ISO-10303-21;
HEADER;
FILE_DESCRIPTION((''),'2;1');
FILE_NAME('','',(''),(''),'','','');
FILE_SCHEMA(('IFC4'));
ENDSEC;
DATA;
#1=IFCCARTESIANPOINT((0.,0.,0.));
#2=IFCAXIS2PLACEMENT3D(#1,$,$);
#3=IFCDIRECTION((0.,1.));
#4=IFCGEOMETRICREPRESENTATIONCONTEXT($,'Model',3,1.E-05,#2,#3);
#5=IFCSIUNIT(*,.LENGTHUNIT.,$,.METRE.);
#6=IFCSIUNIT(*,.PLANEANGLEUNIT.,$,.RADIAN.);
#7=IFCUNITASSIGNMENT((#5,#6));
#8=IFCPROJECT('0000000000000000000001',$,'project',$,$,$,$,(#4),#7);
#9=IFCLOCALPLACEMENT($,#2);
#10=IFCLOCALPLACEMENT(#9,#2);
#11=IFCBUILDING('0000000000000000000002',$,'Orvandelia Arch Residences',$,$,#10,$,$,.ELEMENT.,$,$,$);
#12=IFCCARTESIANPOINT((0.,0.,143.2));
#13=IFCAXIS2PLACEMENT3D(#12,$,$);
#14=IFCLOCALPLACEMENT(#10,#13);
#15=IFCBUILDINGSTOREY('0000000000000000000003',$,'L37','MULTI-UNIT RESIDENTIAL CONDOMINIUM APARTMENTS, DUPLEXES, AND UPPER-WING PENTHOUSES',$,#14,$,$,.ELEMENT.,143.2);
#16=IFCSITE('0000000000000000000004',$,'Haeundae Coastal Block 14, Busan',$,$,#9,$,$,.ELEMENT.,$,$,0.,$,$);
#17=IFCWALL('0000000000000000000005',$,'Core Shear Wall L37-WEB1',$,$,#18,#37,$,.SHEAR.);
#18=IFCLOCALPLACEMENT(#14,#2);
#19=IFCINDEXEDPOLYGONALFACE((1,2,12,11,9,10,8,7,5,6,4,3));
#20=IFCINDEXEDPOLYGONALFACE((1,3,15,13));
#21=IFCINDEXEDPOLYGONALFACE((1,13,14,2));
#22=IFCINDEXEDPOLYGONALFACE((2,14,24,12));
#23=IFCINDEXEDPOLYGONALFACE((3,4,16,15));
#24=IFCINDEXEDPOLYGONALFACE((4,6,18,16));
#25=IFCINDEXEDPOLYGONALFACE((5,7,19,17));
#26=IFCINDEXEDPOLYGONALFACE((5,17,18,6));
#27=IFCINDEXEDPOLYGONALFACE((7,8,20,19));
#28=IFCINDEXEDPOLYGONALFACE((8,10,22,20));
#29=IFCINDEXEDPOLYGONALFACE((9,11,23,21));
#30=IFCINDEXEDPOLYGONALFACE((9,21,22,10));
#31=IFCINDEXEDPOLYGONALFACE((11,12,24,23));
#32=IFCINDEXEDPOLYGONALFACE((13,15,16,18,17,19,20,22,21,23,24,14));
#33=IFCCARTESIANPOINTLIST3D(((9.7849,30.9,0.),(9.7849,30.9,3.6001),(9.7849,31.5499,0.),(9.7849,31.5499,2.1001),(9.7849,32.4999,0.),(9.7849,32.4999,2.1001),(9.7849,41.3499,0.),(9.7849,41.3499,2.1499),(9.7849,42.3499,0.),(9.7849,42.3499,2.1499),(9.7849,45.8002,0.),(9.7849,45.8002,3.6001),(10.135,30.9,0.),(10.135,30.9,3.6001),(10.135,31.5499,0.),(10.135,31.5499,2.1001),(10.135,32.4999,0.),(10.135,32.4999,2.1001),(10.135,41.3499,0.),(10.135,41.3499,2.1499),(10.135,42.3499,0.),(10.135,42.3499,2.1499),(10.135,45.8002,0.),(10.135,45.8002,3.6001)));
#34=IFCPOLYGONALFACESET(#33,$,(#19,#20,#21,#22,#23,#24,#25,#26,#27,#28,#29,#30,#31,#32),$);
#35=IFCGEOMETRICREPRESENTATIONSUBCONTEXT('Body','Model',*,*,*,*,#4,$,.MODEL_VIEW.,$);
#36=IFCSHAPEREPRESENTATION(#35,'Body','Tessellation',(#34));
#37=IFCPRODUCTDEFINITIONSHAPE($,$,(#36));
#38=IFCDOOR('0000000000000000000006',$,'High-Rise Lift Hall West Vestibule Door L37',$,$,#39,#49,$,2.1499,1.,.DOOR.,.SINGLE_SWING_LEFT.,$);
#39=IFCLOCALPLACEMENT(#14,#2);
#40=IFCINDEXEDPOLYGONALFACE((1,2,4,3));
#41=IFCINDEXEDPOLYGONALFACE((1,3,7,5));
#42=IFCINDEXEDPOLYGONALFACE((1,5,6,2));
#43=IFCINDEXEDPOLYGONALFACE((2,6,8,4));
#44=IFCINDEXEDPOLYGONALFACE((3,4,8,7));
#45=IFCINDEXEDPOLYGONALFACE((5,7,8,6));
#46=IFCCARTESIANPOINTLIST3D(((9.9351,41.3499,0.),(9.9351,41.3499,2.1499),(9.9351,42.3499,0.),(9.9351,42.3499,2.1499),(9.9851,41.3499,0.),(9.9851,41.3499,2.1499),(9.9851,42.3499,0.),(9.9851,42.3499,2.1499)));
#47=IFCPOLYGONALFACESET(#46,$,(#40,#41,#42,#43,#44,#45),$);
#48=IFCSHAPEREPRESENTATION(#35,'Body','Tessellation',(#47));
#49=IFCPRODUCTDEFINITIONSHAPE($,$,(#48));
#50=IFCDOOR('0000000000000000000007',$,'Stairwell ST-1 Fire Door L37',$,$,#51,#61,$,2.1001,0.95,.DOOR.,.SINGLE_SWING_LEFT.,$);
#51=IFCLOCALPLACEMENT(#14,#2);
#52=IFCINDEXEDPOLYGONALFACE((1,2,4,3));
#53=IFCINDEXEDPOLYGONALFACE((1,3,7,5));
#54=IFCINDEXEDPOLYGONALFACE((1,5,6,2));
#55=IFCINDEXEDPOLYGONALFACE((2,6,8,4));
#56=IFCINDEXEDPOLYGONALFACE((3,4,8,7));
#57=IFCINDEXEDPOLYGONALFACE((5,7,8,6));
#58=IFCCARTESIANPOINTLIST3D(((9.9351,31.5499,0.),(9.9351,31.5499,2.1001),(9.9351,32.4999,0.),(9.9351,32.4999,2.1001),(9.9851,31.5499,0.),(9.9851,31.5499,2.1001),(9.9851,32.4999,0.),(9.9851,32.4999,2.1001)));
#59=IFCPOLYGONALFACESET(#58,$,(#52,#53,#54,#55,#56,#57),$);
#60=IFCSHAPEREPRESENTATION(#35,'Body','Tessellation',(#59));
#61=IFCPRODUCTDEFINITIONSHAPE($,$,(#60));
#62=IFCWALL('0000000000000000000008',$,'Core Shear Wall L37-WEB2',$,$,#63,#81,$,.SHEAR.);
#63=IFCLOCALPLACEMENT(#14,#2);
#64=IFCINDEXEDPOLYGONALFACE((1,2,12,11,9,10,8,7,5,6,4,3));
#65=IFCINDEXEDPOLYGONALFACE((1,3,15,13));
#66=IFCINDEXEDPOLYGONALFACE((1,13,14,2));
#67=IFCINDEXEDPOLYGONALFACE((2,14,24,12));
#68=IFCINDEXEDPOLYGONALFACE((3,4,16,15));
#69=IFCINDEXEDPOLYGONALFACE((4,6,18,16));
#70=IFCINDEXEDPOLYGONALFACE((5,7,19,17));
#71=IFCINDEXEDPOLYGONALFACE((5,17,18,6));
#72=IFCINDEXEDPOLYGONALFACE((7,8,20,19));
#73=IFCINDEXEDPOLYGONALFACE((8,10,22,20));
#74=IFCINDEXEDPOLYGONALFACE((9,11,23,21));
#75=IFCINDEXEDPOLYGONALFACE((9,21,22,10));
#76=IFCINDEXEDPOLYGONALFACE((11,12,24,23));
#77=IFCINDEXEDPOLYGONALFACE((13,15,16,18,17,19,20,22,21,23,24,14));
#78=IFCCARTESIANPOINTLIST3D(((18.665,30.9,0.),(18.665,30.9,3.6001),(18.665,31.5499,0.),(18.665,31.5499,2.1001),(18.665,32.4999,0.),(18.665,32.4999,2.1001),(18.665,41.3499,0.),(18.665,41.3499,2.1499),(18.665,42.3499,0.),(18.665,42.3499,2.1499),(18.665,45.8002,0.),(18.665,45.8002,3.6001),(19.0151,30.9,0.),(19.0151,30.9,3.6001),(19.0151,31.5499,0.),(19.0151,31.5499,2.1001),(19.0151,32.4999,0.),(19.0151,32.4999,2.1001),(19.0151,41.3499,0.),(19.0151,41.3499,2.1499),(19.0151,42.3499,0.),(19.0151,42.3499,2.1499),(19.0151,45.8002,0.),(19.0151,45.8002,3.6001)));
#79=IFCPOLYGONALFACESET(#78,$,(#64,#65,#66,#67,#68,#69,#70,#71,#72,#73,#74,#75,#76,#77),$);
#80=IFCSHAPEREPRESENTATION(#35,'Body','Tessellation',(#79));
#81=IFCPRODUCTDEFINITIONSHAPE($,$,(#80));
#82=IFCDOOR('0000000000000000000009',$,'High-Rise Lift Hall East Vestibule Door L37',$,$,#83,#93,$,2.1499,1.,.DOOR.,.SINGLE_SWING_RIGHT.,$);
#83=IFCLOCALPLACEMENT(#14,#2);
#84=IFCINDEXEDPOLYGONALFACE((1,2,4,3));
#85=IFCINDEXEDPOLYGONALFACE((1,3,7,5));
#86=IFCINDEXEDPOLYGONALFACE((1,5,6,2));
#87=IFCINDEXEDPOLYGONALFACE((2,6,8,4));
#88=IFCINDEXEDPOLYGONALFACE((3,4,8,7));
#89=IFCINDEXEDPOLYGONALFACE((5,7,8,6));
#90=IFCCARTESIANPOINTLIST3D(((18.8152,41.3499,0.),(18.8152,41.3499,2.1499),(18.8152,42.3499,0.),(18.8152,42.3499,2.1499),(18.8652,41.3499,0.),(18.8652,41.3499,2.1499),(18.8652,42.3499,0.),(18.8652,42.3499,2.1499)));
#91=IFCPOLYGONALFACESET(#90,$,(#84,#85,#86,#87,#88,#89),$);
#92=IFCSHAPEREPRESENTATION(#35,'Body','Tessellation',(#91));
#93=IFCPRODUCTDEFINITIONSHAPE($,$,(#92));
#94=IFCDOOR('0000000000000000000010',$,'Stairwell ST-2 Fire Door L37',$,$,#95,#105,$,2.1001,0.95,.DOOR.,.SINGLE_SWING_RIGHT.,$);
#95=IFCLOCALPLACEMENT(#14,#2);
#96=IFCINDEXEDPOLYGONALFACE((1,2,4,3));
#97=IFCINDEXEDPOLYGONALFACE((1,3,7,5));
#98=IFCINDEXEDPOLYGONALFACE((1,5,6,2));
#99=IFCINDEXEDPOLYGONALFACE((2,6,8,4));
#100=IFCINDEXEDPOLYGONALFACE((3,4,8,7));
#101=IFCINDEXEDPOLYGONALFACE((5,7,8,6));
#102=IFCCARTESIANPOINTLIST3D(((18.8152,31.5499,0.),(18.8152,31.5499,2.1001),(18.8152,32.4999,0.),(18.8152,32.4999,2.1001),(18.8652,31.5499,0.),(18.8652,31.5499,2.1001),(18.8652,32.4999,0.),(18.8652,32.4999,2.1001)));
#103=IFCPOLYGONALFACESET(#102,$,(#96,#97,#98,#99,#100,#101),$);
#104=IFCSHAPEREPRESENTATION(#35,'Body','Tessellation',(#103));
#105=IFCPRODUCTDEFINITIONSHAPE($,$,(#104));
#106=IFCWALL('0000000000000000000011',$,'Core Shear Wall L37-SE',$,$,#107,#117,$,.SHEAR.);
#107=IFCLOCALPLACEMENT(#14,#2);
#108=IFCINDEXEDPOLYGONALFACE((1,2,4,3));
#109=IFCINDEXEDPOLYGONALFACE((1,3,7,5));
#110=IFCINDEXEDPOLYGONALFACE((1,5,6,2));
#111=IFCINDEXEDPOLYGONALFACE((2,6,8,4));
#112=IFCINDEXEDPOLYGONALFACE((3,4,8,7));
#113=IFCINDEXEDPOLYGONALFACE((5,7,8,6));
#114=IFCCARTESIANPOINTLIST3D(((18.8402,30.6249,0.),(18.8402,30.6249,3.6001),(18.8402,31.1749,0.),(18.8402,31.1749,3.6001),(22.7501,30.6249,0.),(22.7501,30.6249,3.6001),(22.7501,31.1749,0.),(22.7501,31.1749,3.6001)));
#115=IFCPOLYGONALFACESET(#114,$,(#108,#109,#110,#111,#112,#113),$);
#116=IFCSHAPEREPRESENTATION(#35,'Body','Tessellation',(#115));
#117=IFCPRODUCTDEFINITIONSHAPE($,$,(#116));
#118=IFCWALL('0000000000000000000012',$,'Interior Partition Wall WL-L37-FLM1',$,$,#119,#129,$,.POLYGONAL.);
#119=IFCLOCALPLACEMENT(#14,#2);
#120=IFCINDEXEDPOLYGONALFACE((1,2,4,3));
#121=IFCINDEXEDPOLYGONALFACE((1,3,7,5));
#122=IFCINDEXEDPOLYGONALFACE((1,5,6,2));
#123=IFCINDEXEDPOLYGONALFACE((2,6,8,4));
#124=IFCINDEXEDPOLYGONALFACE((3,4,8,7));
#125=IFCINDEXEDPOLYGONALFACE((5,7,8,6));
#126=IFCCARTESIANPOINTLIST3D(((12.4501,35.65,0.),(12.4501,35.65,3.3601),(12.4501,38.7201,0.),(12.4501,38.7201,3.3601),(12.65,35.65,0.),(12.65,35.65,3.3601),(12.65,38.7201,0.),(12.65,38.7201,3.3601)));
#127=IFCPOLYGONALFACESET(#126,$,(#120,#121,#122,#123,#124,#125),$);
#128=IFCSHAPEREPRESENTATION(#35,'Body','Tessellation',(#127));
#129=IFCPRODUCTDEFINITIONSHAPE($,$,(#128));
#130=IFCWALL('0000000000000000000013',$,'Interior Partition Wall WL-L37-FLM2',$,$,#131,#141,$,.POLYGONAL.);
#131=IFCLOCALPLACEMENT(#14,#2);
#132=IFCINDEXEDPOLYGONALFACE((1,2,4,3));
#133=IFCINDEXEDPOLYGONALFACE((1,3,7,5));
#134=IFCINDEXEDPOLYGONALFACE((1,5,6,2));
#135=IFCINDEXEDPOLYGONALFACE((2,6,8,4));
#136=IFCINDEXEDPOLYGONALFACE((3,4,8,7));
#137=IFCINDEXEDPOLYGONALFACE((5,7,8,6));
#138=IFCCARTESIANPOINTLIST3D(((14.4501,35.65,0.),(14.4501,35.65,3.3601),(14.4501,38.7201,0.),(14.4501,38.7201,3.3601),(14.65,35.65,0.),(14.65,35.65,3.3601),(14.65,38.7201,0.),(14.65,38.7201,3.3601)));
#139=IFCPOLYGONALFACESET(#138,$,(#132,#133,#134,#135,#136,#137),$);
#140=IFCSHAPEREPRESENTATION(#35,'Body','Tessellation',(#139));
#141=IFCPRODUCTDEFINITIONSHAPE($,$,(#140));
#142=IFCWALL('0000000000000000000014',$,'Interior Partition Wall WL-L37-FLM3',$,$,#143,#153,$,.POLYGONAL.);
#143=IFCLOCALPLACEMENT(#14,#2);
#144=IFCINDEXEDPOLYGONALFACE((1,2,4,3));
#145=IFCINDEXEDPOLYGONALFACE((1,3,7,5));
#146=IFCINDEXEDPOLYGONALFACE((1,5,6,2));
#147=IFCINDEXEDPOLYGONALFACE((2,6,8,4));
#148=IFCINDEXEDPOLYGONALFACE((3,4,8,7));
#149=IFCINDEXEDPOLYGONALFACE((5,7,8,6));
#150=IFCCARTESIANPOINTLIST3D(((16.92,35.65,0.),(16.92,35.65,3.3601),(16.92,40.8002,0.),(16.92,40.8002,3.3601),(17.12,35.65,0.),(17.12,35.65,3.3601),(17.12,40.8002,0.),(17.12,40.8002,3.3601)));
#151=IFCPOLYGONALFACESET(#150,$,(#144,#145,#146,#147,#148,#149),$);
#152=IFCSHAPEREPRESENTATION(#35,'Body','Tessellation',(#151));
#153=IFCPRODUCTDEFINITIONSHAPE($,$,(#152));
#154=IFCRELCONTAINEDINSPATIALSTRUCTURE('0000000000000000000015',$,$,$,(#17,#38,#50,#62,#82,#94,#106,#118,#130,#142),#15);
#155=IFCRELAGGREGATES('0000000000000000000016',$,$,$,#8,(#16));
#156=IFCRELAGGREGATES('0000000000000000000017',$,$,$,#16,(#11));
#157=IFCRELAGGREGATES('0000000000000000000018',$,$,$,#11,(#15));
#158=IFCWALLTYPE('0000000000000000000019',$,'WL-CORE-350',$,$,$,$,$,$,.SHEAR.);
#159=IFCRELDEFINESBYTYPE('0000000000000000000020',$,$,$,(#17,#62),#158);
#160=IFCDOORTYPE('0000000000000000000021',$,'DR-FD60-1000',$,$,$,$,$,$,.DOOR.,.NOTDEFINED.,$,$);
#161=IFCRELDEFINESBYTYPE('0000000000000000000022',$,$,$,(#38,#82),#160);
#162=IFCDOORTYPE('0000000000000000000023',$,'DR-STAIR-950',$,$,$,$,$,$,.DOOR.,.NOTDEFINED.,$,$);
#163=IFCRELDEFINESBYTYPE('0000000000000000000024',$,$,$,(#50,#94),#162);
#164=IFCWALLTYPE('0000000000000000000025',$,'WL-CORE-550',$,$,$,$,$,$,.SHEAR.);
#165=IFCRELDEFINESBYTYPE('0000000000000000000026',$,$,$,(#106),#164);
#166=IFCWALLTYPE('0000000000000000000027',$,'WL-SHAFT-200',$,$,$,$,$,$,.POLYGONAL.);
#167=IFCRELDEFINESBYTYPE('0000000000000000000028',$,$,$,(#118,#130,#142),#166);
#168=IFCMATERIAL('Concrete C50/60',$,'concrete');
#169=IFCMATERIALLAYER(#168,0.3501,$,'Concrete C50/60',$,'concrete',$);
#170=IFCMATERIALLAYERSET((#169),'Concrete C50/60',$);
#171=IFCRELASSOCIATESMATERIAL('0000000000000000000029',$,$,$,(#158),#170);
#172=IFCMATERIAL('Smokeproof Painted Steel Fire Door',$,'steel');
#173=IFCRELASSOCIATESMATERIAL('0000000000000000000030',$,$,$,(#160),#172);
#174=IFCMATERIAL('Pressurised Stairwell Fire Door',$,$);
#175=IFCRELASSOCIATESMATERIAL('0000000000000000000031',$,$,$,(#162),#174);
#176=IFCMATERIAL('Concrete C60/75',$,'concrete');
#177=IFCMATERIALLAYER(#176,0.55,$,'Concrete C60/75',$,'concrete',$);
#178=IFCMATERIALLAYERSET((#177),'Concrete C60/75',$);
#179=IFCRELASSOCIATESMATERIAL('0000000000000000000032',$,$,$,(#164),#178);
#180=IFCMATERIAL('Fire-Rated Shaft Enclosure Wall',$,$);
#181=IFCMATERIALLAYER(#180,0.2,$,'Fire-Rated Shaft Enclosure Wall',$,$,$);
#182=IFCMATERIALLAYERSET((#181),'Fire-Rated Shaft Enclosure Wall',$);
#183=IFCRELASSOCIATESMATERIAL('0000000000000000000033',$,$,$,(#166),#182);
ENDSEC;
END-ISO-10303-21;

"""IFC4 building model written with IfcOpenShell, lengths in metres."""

from ifc_helpers import new_model, si_unit, direction, frame, frame_2d, origin, place, context, subcontext, project, spatial, rectangle, extrude, material, layer, layer_set, type_object, element, fill, save


model = new_model("IFC4")

# Units and contexts
model_context = context("Model", 3, precision=1e-05, world=origin(), true_north=direction((0.0, 1.0)))
body_context = subcontext(model_context, "Body", "Model", "MODEL_VIEW")
ifc_project = project(units=[si_unit("LENGTHUNIT", "METRE"), si_unit("PLANEANGLEUNIT", "RADIAN")], contexts=[model_context])

# Site, building, storey
site_placement = place(None, origin())
site = spatial("IfcSite", under=ifc_project, at=site_placement, Name="Haeundae Coastal Block 14, Busan", CompositionType="ELEMENT", RefElevation=0.0)
building_placement = place(site_placement, origin())
building = spatial("IfcBuilding", under=site, at=building_placement, Name="Orvandelia Arch Residences", CompositionType="ELEMENT")
storey_placement = place(building_placement, frame((0.0, 0.0, 143.2)))
storey = spatial("IfcBuildingStorey", under=building, at=storey_placement, Name="L37", Description="MULTI-UNIT RESIDENTIAL CONDOMINIUM APARTMENTS, DUPLEXES, AND UPPER-WING PENTHOUSES", CompositionType="ELEMENT", Elevation=143.2)

# Walls, openings, doors
ifc_material_1 = material(Name="Concrete C50/60", Category="concrete")
ifc_layer_1 = layer(ifc_material_1, 0.3501, Name="Concrete C50/60", Category="concrete")
ifc_layer_set_1 = layer_set([ifc_layer_1], Name="Concrete C50/60")
wall_type_1 = type_object("IfcWallType", Name="WL-CORE-350", PredefinedType="SHEAR", material=ifc_layer_set_1)
wall_1_placement = place(storey_placement, frame((9.96, 30.8999, 0.0), z_axis=(0.0, 0.0, 1.0), x_axis=(0.0, 1.0, 0.0)))
wall_1 = element("IfcWall", 1, at=wall_1_placement, inside=storey, type_object=wall_type_1, Name="Core Shear Wall L37-WEB1", PredefinedType="SHEAR", context=body_context, shape_type="SweptSolid", body=[
    extrude(rectangle(XDim=14.9001, YDim=0.3501, at=frame_2d((7.4502, 0.0))), origin(), (0.0, 0.0, 1.0), 3.6001),
])
opening_1_placement = place(wall_1_placement, frame((0.6499, 0.0, 0.0)))
opening_1 = element("IfcOpeningElement", 2, at=opening_1_placement, cuts=wall_1, PredefinedType="OPENING", context=body_context, shape_type="SweptSolid", body=[
    extrude(rectangle(XDim=0.95, YDim=2.1001, at=frame_2d((0.4751, 1.05))), frame((0.0, 0.1851, 0.0), z_axis=(0.0, -1.0, 0.0), x_axis=(1.0, 0.0, 0.0)), (0.0, 0.0, 1.0), 0.3701),
])
opening_2_placement = place(wall_1_placement, frame((10.45, 0.0, 0.0)))
opening_2 = element("IfcOpeningElement", 3, at=opening_2_placement, cuts=wall_1, PredefinedType="OPENING", context=body_context, shape_type="SweptSolid", body=[
    extrude(rectangle(XDim=1.0, YDim=2.1499, at=frame_2d((0.5, 1.075))), frame((0.0, 0.1851, 0.0), z_axis=(0.0, -1.0, 0.0), x_axis=(1.0, 0.0, 0.0)), (0.0, 0.0, 1.0), 0.3701),
])
ifc_material_2 = material(Name="Smokeproof Painted Steel Fire Door", Category="steel")
door_type_1 = type_object("IfcDoorType", Name="DR-FD60-1000", OperationType="NOTDEFINED", PredefinedType="DOOR", material=ifc_material_2)
door_1_placement = place(opening_2_placement, origin())
door_1 = element("IfcDoor", 4, at=door_1_placement, inside=storey, type_object=door_type_1, Name="High-Rise Lift Hall West Vestibule Door L37", OperationType="SINGLE_SWING_LEFT", OverallHeight=2.1499, OverallWidth=1.0, PredefinedType="DOOR", context=body_context, shape_type="SweptSolid", body=[
    extrude(rectangle(XDim=1.0, YDim=2.1499, at=frame_2d((0.5, 1.075))), frame((0.0, 0.0249, 0.0), z_axis=(0.0, -1.0, 0.0), x_axis=(1.0, 0.0, 0.0)), (0.0, 0.0, 1.0), 0.05),
])
fill(opening_2, door_1)
ifc_material_3 = material(Name="Pressurised Stairwell Fire Door")
door_type_2 = type_object("IfcDoorType", Name="DR-STAIR-950", OperationType="NOTDEFINED", PredefinedType="DOOR", material=ifc_material_3)
door_2_placement = place(opening_1_placement, origin())
door_2 = element("IfcDoor", 5, at=door_2_placement, inside=storey, type_object=door_type_2, Name="Stairwell ST-1 Fire Door L37", OperationType="SINGLE_SWING_LEFT", OverallHeight=2.1001, OverallWidth=0.95, PredefinedType="DOOR", context=body_context, shape_type="SweptSolid", body=[
    extrude(rectangle(XDim=0.95, YDim=2.1001, at=frame_2d((0.4751, 1.05))), frame((0.0, 0.0249, 0.0), z_axis=(0.0, -1.0, 0.0), x_axis=(1.0, 0.0, 0.0)), (0.0, 0.0, 1.0), 0.05),
])
fill(opening_1, door_2)
wall_2_placement = place(storey_placement, frame((18.8401, 30.8999, 0.0), z_axis=(0.0, 0.0, 1.0), x_axis=(0.0, 1.0, 0.0)))
wall_2 = element("IfcWall", 6, at=wall_2_placement, inside=storey, type_object=wall_type_1, Name="Core Shear Wall L37-WEB2", PredefinedType="SHEAR", context=body_context, shape_type="SweptSolid", body=[
    extrude(rectangle(XDim=14.9001, YDim=0.3501, at=frame_2d((7.4502, 0.0))), origin(), (0.0, 0.0, 1.0), 3.6001),
])
opening_3_placement = place(wall_2_placement, frame((0.6499, 0.0, 0.0)))
opening_3 = element("IfcOpeningElement", 7, at=opening_3_placement, cuts=wall_2, PredefinedType="OPENING", context=body_context, shape_type="SweptSolid", body=[
    extrude(rectangle(XDim=0.95, YDim=2.1001, at=frame_2d((0.4751, 1.05))), frame((0.0, 0.1851, 0.0), z_axis=(0.0, -1.0, 0.0), x_axis=(1.0, 0.0, 0.0)), (0.0, 0.0, 1.0), 0.3701),
])
opening_4_placement = place(wall_2_placement, frame((10.45, 0.0, 0.0)))
opening_4 = element("IfcOpeningElement", 8, at=opening_4_placement, cuts=wall_2, PredefinedType="OPENING", context=body_context, shape_type="SweptSolid", body=[
    extrude(rectangle(XDim=1.0, YDim=2.1499, at=frame_2d((0.5, 1.075))), frame((0.0, 0.1851, 0.0), z_axis=(0.0, -1.0, 0.0), x_axis=(1.0, 0.0, 0.0)), (0.0, 0.0, 1.0), 0.3701),
])
door_3_placement = place(opening_4_placement, origin())
door_3 = element("IfcDoor", 9, at=door_3_placement, inside=storey, type_object=door_type_1, Name="High-Rise Lift Hall East Vestibule Door L37", OperationType="SINGLE_SWING_RIGHT", OverallHeight=2.1499, OverallWidth=1.0, PredefinedType="DOOR", context=body_context, shape_type="SweptSolid", body=[
    extrude(rectangle(XDim=1.0, YDim=2.1499, at=frame_2d((0.5, 1.075))), frame((0.0, 0.0249, 0.0), z_axis=(0.0, -1.0, 0.0), x_axis=(1.0, 0.0, 0.0)), (0.0, 0.0, 1.0), 0.05),
])
fill(opening_4, door_3)
door_4_placement = place(opening_3_placement, origin())
door_4 = element("IfcDoor", 10, at=door_4_placement, inside=storey, type_object=door_type_2, Name="Stairwell ST-2 Fire Door L37", OperationType="SINGLE_SWING_RIGHT", OverallHeight=2.1001, OverallWidth=0.95, PredefinedType="DOOR", context=body_context, shape_type="SweptSolid", body=[
    extrude(rectangle(XDim=0.95, YDim=2.1001, at=frame_2d((0.4751, 1.05))), frame((0.0, 0.0249, 0.0), z_axis=(0.0, -1.0, 0.0), x_axis=(1.0, 0.0, 0.0)), (0.0, 0.0, 1.0), 0.05),
])
fill(opening_3, door_4)

# Shared definitions
ifc_material_4 = material(Name="Concrete C60/75", Category="concrete")
ifc_layer_2 = layer(ifc_material_4, 0.55, Name="Concrete C60/75", Category="concrete")
ifc_layer_set_2 = layer_set([ifc_layer_2], Name="Concrete C60/75")
wall_type_2 = type_object("IfcWallType", Name="WL-CORE-550", PredefinedType="SHEAR", material=ifc_layer_set_2)

# Walls
wall_3_placement = place(storey_placement, frame((18.8401, 30.8999, 0.0), z_axis=(0.0, 0.0, 1.0), x_axis=(1.0, 0.0, 0.0)))
element("IfcWall", 11, at=wall_3_placement, inside=storey, type_object=wall_type_2, Name="Core Shear Wall L37-SE", PredefinedType="SHEAR", context=body_context, shape_type="SweptSolid", body=[
    extrude(rectangle(XDim=3.9099, YDim=0.55, at=frame_2d((1.9551, 0.0))), origin(), (0.0, 0.0, 1.0), 3.6001),
])
ifc_material_5 = material(Name="Fire-Rated Shaft Enclosure Wall")
ifc_layer_3 = layer(ifc_material_5, 0.2, Name="Fire-Rated Shaft Enclosure Wall")
ifc_layer_set_3 = layer_set([ifc_layer_3], Name="Fire-Rated Shaft Enclosure Wall")
wall_type_3 = type_object("IfcWallType", Name="WL-SHAFT-200", PredefinedType="POLYGONAL", material=ifc_layer_set_3)
for number, where, z_axis, x_axis, name in (
    (12, (12.55, 35.6499, 0.0), (0.0, 0.0, 1.0), (0.0, 1.0, 0.0), "Interior Partition Wall WL-L37-FLM1"),
    (13, (14.55, 35.6499, 0.0), (0.0, 0.0, 1.0), (0.0, 1.0, 0.0), "Interior Partition Wall WL-L37-FLM2"),
):
    element("IfcWall", number, at=place(storey_placement, frame(where, z_axis=z_axis, x_axis=x_axis)), inside=storey, type_object=wall_type_3, Name=name, PredefinedType="POLYGONAL", context=body_context, shape_type="SweptSolid", body=[
        extrude(rectangle(XDim=3.0701, YDim=0.2, at=frame_2d((1.5352, 0.0))), origin(), (0.0, 0.0, 1.0), 3.3601),
    ])
wall_4_placement = place(storey_placement, frame((17.02, 35.6499, 0.0), z_axis=(0.0, 0.0, 1.0), x_axis=(0.0, 1.0, 0.0)))
element("IfcWall", 14, at=wall_4_placement, inside=storey, type_object=wall_type_3, Name="Interior Partition Wall WL-L37-FLM3", PredefinedType="POLYGONAL", context=body_context, shape_type="SweptSolid", body=[
    extrude(rectangle(XDim=5.1501, YDim=0.2, at=frame_2d((2.5752, 0.0))), origin(), (0.0, 0.0, 1.0), 3.3601),
])

save(model, "model.ifc")
